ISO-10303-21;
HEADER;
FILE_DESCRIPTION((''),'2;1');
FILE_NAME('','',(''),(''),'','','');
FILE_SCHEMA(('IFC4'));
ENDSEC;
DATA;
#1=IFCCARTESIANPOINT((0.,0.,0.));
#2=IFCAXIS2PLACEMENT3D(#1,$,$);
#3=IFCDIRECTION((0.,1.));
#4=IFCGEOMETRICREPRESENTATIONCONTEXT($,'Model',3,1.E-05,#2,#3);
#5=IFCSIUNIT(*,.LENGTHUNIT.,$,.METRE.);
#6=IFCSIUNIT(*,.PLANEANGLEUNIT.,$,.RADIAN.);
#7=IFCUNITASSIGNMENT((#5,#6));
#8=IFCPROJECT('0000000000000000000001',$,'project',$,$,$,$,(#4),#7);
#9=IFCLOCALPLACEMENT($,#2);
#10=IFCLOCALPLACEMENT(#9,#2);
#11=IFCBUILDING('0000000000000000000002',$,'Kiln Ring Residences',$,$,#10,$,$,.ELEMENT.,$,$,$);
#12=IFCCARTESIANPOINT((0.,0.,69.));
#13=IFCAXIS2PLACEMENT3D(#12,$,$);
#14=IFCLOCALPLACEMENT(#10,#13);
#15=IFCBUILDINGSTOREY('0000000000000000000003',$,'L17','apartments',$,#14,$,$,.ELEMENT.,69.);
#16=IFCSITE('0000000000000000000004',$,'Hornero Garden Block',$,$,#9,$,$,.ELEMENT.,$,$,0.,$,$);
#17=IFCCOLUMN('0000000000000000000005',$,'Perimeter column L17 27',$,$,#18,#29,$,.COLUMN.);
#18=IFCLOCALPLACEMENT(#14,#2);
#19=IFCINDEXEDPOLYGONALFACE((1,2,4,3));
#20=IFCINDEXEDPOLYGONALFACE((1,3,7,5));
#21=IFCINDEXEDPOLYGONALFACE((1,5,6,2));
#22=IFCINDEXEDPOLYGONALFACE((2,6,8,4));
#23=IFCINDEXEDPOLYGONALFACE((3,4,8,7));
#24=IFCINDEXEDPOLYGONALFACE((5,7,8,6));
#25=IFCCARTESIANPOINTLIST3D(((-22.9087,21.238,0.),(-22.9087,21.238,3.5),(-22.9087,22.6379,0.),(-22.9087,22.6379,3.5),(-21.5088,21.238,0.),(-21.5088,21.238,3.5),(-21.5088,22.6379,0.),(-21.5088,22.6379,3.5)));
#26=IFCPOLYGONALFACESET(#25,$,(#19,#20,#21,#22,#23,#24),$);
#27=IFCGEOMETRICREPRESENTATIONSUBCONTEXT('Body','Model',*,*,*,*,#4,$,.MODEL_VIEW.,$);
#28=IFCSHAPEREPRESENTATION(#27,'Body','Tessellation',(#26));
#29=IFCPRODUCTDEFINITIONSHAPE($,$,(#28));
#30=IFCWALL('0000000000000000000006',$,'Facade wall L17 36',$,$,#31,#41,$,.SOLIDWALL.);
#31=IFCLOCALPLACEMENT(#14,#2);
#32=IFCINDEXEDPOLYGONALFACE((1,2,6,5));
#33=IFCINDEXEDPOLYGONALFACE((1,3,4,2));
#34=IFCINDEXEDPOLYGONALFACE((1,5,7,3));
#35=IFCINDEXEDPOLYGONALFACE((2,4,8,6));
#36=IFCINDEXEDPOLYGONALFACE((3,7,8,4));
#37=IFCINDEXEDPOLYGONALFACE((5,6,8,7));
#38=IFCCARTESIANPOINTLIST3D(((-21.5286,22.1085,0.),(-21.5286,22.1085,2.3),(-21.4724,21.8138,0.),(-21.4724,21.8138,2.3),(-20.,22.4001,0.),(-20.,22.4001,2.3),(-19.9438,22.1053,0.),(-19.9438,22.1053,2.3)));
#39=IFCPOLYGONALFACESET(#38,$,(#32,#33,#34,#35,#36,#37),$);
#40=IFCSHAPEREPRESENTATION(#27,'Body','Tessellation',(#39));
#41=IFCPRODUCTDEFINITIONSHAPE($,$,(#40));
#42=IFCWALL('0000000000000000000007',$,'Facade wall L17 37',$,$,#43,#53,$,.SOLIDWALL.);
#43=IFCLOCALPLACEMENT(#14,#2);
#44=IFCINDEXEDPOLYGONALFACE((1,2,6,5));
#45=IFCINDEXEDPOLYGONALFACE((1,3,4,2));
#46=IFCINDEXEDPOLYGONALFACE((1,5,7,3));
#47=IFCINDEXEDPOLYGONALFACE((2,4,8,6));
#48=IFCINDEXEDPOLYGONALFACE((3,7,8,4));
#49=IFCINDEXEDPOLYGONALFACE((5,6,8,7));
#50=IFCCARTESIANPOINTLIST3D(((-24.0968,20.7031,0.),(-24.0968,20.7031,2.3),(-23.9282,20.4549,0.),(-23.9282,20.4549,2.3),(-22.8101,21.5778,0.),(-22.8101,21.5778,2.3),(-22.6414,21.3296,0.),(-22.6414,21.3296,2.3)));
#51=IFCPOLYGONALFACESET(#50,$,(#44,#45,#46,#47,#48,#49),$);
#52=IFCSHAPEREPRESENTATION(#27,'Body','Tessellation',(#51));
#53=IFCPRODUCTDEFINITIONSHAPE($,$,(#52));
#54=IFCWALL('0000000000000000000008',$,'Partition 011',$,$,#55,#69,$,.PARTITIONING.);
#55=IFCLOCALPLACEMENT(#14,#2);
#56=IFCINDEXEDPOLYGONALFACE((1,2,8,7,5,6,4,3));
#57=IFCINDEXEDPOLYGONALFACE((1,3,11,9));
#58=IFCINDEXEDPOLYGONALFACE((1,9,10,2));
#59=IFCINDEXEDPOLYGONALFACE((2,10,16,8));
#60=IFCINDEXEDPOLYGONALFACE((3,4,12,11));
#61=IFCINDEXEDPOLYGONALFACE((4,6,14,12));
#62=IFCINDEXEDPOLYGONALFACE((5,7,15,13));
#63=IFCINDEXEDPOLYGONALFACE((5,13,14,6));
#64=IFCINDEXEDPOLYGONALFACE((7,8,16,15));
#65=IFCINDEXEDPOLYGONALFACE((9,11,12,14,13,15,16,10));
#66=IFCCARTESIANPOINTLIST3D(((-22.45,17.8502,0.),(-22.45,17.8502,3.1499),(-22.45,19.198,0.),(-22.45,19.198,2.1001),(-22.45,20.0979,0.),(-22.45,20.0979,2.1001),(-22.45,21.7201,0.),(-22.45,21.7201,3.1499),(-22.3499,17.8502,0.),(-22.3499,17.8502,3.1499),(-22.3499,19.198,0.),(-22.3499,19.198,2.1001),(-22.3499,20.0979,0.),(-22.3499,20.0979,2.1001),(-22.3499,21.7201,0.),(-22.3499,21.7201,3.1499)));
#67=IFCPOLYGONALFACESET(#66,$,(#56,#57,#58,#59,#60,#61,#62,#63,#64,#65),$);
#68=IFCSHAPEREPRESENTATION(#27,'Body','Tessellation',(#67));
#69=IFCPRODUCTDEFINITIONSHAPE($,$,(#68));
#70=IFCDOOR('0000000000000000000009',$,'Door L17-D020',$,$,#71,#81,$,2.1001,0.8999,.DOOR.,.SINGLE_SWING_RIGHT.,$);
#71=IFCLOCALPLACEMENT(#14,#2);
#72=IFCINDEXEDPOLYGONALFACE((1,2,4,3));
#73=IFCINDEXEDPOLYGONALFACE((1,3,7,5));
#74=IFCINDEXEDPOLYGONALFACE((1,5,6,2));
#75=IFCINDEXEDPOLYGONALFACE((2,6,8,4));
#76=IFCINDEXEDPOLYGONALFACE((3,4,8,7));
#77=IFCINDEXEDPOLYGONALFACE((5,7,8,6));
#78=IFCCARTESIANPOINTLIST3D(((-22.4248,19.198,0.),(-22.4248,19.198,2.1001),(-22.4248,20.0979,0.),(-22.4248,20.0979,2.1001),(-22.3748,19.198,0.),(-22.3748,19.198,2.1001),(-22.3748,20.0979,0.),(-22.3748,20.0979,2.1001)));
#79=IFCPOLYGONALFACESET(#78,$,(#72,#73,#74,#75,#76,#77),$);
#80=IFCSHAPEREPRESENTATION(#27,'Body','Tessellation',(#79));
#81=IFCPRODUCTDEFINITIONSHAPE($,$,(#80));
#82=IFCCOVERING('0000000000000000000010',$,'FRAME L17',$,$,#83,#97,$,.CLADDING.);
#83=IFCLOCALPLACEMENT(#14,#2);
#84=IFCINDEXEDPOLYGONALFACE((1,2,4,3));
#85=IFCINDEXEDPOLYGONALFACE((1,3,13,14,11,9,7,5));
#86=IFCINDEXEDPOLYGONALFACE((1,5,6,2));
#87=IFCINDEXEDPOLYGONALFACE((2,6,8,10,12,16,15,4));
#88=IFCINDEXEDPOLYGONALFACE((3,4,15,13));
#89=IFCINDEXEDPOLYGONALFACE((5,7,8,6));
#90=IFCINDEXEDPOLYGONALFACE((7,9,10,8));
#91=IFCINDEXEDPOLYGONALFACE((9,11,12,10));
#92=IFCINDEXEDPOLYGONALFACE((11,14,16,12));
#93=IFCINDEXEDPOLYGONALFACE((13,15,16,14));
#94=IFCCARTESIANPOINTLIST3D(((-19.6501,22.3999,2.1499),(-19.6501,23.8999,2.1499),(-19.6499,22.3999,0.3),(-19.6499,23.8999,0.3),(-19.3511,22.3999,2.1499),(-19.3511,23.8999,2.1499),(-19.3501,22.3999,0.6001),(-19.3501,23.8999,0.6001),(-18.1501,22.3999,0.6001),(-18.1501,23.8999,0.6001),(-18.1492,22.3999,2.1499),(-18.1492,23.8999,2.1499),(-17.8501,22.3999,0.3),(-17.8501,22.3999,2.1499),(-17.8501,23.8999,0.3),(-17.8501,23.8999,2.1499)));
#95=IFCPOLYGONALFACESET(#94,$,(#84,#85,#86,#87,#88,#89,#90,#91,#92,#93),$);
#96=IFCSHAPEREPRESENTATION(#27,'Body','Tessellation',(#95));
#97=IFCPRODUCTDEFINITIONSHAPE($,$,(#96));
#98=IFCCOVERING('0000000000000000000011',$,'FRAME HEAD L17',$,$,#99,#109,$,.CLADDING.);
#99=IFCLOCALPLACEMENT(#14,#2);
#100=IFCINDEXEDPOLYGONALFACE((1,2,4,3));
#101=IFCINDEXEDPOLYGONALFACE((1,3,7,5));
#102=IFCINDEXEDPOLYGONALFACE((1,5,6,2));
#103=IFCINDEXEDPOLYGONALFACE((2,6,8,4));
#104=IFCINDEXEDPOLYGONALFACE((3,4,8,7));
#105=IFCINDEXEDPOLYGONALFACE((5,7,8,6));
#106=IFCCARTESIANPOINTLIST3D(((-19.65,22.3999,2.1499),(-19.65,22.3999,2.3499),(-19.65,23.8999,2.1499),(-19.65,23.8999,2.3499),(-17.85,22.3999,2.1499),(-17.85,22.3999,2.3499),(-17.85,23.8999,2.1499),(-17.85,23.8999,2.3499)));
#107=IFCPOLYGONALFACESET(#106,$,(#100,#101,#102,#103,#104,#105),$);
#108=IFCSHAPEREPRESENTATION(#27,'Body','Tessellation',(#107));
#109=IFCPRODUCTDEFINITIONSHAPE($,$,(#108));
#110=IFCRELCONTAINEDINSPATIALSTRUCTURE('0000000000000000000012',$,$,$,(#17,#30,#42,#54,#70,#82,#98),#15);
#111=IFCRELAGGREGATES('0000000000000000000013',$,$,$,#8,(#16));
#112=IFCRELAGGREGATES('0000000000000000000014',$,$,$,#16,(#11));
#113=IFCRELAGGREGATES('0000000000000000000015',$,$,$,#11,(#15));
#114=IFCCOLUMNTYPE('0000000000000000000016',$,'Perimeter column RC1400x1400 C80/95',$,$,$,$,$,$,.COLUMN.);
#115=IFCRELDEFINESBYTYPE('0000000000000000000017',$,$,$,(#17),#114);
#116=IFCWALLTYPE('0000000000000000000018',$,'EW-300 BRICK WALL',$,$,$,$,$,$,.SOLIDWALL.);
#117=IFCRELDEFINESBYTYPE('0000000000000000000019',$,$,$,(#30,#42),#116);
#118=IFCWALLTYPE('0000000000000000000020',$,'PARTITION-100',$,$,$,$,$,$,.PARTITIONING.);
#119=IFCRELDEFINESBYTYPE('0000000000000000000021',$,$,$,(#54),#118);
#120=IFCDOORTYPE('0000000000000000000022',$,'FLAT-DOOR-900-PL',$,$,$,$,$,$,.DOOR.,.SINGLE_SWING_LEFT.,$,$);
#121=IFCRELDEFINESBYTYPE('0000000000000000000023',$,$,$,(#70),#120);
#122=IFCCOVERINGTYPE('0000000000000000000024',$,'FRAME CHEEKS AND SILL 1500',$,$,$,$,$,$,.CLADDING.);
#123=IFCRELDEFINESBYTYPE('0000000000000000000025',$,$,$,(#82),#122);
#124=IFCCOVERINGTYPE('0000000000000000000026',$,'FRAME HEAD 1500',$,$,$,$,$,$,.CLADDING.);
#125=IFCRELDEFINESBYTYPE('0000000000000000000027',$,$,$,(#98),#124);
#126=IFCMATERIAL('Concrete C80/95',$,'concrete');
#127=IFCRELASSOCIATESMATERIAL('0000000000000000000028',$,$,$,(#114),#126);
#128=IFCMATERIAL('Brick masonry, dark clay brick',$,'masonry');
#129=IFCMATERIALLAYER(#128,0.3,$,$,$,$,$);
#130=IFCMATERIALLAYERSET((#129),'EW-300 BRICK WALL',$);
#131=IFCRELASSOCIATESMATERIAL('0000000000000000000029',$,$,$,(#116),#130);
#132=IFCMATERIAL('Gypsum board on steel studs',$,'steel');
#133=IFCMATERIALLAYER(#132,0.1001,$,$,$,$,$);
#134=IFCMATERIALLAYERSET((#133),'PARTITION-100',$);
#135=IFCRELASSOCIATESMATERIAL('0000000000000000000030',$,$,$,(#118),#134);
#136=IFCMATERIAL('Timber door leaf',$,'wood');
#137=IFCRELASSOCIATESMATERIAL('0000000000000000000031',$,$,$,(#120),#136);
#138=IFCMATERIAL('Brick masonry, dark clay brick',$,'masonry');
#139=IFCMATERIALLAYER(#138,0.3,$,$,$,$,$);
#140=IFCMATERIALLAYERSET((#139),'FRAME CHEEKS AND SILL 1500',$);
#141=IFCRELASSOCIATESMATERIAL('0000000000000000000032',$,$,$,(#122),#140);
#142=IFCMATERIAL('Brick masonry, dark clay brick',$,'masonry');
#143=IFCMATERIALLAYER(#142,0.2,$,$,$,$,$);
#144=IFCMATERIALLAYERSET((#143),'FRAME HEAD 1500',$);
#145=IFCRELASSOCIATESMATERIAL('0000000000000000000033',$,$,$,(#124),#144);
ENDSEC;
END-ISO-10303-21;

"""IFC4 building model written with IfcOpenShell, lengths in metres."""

from ifc_helpers import new_model, si_unit, direction, frame, frame_2d, origin, origin_2d, place, context, subcontext, project, spatial, polyline, rectangle, outline, extrude, material, layer, layer_set, material_profile, profile_set, type_object, element, fill, save


model = new_model("IFC4")

# Units and contexts
model_context = context("Model", 3, precision=1e-05, world=origin(), true_north=direction((0.0, 1.0)))
body_context = subcontext(model_context, "Body", "Model", "MODEL_VIEW")
ifc_project = project(units=[si_unit("LENGTHUNIT", "METRE"), si_unit("PLANEANGLEUNIT", "RADIAN")], contexts=[model_context])

# Site, building, storey
site_placement = place(None, origin())
site = spatial("IfcSite", under=ifc_project, at=site_placement, Name="Hornero Garden Block", CompositionType="ELEMENT", RefElevation=0.0)
building_placement = place(site_placement, origin())
building = spatial("IfcBuilding", under=site, at=building_placement, Name="Kiln Ring Residences", CompositionType="ELEMENT")
storey_placement = place(building_placement, frame((0.0, 0.0, 69.0)))
storey = spatial("IfcBuildingStorey", under=building, at=storey_placement, Name="L17", Description="apartments", CompositionType="ELEMENT", Elevation=69.0)

# Column
ifc_material_1 = material(Name="Concrete C80/95", Category="concrete")
ifc_material_profile = material_profile(ifc_material_1, rectangle(XDim=1.3999, YDim=1.3999, at=origin_2d()), Name="RC1400x1400")
ifc_profile_set = profile_set([ifc_material_profile], Name="Concrete C80/95")
column_type = type_object("IfcColumnType", Name="Perimeter column RC1400x1400 C80/95", PredefinedType="COLUMN", material=ifc_profile_set)
column_placement = place(storey_placement, frame((-22.2087, 21.938, 0.0), z_axis=(0.0, 0.0, 1.0), x_axis=(1.0, 0.0, 0.0)))
element("IfcColumn", 1, at=column_placement, inside=storey, type_object=column_type, Name="Perimeter column L17 27", PredefinedType="COLUMN", context=body_context, shape_type="SweptSolid", body=[
    extrude(rectangle(XDim=1.3999, YDim=1.3999, at=origin_2d()), origin(), (0.0, 0.0, 1.0), 3.5),
])

# Walls
ifc_material_2 = material(Name="Brick masonry, dark clay brick", Category="masonry")
ifc_layer_1 = layer(ifc_material_2, 0.3)
ifc_layer_set_1 = layer_set([ifc_layer_1], Name="EW-300 BRICK WALL")
wall_type_1 = type_object("IfcWallType", Name="EW-300 BRICK WALL", PredefinedType="SOLIDWALL", material=ifc_layer_set_1)
wall_1_placement = place(storey_placement, frame((-19.9719, 22.2527, 0.0), z_axis=(0.0, 0.0, 1.0), x_axis=(-0.982297, -0.187328, 0.0)))
element("IfcWall", 2, at=wall_1_placement, inside=storey, type_object=wall_type_1, Name="Facade wall L17 36", PredefinedType="SOLIDWALL", context=body_context, shape_type="SweptSolid", body=[
    extrude(rectangle(XDim=1.5562, YDim=0.3, at=frame_2d((0.7781, 0.0))), origin(), (0.0, 0.0, 1.0), 2.3),
])
wall_2_placement = place(storey_placement, frame((-22.7258, 21.4536, 0.0), z_axis=(0.0, 0.0, 1.0), x_axis=(-0.82702, -0.562173, 0.0)))
element("IfcWall", 3, at=wall_2_placement, inside=storey, type_object=wall_type_1, Name="Facade wall L17 37", PredefinedType="SOLIDWALL", context=body_context, shape_type="SweptSolid", body=[
    extrude(rectangle(XDim=1.5559, YDim=0.3, at=frame_2d((0.7778, 0.0))), origin(), (0.0, 0.0, 1.0), 2.3),
])

# Wall, opening, door
ifc_material_3 = material(Name="Gypsum board on steel studs", Category="steel")
ifc_layer_2 = layer(ifc_material_3, 0.1001)
ifc_layer_set_2 = layer_set([ifc_layer_2], Name="PARTITION-100")
wall_type_2 = type_object("IfcWallType", Name="PARTITION-100", PredefinedType="PARTITIONING", material=ifc_layer_set_2)
wall_3_placement = place(storey_placement, frame((-22.3999, 17.8501, 0.0), z_axis=(0.0, 0.0, 1.0), x_axis=(0.0, 1.0, 0.0)))
wall_3 = element("IfcWall", 4, at=wall_3_placement, inside=storey, type_object=wall_type_2, Name="Partition 011", PredefinedType="PARTITIONING", context=body_context, shape_type="SweptSolid", body=[
    extrude(rectangle(XDim=3.8699, YDim=0.1001, at=frame_2d((1.9351, 0.0))), origin(), (0.0, 0.0, 1.0), 3.1499),
])
opening_placement = place(wall_3_placement, frame((1.3479, 0.0, 0.0)))
opening = element("IfcOpeningElement", 5, at=opening_placement, cuts=wall_3, PredefinedType="OPENING", context=body_context, shape_type="SweptSolid", body=[
    extrude(rectangle(XDim=0.8999, YDim=2.1001, at=frame_2d((0.45, 1.05))), frame((0.0, 0.0601, 0.0), z_axis=(0.0, -1.0, 0.0), x_axis=(1.0, 0.0, 0.0)), (0.0, 0.0, 1.0), 0.1201),
])
ifc_material_4 = material(Name="Timber door leaf", Category="wood")
door_type = type_object("IfcDoorType", Name="FLAT-DOOR-900-PL", OperationType="SINGLE_SWING_LEFT", PredefinedType="DOOR", material=ifc_material_4)
door_placement = place(opening_placement, origin())
door = element("IfcDoor", 6, at=door_placement, inside=storey, type_object=door_type, Name="Door L17-D020", OperationType="SINGLE_SWING_RIGHT", OverallHeight=2.1001, OverallWidth=0.8999, PredefinedType="DOOR", context=body_context, shape_type="SweptSolid", body=[
    extrude(rectangle(XDim=0.8999, YDim=2.1001, at=frame_2d((0.45, 1.05))), frame((0.0, 0.0249, 0.0), z_axis=(0.0, -1.0, 0.0), x_axis=(1.0, 0.0, 0.0)), (0.0, 0.0, 1.0), 0.05),
])
fill(opening, door)

# Coverings
ifc_material_5 = material(Name="Brick masonry, dark clay brick", Category="masonry")
ifc_layer_3 = layer(ifc_material_5, 0.3)
ifc_layer_set_3 = layer_set([ifc_layer_3], Name="FRAME CHEEKS AND SILL 1500")
covering_type_1 = type_object("IfcCoveringType", Name="FRAME CHEEKS AND SILL 1500", PredefinedType="CLADDING", material=ifc_layer_set_3)
covering_1_placement = place(storey_placement, frame((-17.8501, 23.1499, 0.3), z_axis=(0.0, 0.0, 1.0), x_axis=(-1.0, 0.0, 0.0)))
element("IfcCovering", 7, at=covering_1_placement, inside=storey, type_object=covering_type_1, Name="FRAME L17", PredefinedType="CLADDING", context=body_context, shape_type="SweptSolid", body=[
    extrude(outline(polyline([(0.0, 0.0), (1.7998, 0.0), (1.8, 1.8499), (1.501, 1.8499), (1.5, 0.3), (0.3, 0.3), (0.2991, 1.8499), (0.0, 1.8499), (0.0, 0.0)])), frame((0.0, 0.75, 0.0), z_axis=(0.0, -1.0, 0.0), x_axis=(1.0, 0.0, 0.0)), (0.0, 0.0, 1.0), 1.5),
])
ifc_material_6 = material(Name="Brick masonry, dark clay brick", Category="masonry")
ifc_layer_4 = layer(ifc_material_6, 0.2)
ifc_layer_set_4 = layer_set([ifc_layer_4], Name="FRAME HEAD 1500")
covering_type_2 = type_object("IfcCoveringType", Name="FRAME HEAD 1500", PredefinedType="CLADDING", material=ifc_layer_set_4)
covering_2_placement = place(storey_placement, frame((-18.75, 23.1499, 2.1499), z_axis=(0.0, 0.0, 1.0), x_axis=(-1.0, 0.0, 0.0)))
element("IfcCovering", 8, at=covering_2_placement, inside=storey, type_object=covering_type_2, Name="FRAME HEAD L17", PredefinedType="CLADDING", context=body_context, shape_type="SweptSolid", body=[
    extrude(rectangle(XDim=1.8, YDim=1.5, at=origin_2d()), origin(), (0.0, 0.0, 1.0), 0.2),
])

save(model, "model.ifc")
